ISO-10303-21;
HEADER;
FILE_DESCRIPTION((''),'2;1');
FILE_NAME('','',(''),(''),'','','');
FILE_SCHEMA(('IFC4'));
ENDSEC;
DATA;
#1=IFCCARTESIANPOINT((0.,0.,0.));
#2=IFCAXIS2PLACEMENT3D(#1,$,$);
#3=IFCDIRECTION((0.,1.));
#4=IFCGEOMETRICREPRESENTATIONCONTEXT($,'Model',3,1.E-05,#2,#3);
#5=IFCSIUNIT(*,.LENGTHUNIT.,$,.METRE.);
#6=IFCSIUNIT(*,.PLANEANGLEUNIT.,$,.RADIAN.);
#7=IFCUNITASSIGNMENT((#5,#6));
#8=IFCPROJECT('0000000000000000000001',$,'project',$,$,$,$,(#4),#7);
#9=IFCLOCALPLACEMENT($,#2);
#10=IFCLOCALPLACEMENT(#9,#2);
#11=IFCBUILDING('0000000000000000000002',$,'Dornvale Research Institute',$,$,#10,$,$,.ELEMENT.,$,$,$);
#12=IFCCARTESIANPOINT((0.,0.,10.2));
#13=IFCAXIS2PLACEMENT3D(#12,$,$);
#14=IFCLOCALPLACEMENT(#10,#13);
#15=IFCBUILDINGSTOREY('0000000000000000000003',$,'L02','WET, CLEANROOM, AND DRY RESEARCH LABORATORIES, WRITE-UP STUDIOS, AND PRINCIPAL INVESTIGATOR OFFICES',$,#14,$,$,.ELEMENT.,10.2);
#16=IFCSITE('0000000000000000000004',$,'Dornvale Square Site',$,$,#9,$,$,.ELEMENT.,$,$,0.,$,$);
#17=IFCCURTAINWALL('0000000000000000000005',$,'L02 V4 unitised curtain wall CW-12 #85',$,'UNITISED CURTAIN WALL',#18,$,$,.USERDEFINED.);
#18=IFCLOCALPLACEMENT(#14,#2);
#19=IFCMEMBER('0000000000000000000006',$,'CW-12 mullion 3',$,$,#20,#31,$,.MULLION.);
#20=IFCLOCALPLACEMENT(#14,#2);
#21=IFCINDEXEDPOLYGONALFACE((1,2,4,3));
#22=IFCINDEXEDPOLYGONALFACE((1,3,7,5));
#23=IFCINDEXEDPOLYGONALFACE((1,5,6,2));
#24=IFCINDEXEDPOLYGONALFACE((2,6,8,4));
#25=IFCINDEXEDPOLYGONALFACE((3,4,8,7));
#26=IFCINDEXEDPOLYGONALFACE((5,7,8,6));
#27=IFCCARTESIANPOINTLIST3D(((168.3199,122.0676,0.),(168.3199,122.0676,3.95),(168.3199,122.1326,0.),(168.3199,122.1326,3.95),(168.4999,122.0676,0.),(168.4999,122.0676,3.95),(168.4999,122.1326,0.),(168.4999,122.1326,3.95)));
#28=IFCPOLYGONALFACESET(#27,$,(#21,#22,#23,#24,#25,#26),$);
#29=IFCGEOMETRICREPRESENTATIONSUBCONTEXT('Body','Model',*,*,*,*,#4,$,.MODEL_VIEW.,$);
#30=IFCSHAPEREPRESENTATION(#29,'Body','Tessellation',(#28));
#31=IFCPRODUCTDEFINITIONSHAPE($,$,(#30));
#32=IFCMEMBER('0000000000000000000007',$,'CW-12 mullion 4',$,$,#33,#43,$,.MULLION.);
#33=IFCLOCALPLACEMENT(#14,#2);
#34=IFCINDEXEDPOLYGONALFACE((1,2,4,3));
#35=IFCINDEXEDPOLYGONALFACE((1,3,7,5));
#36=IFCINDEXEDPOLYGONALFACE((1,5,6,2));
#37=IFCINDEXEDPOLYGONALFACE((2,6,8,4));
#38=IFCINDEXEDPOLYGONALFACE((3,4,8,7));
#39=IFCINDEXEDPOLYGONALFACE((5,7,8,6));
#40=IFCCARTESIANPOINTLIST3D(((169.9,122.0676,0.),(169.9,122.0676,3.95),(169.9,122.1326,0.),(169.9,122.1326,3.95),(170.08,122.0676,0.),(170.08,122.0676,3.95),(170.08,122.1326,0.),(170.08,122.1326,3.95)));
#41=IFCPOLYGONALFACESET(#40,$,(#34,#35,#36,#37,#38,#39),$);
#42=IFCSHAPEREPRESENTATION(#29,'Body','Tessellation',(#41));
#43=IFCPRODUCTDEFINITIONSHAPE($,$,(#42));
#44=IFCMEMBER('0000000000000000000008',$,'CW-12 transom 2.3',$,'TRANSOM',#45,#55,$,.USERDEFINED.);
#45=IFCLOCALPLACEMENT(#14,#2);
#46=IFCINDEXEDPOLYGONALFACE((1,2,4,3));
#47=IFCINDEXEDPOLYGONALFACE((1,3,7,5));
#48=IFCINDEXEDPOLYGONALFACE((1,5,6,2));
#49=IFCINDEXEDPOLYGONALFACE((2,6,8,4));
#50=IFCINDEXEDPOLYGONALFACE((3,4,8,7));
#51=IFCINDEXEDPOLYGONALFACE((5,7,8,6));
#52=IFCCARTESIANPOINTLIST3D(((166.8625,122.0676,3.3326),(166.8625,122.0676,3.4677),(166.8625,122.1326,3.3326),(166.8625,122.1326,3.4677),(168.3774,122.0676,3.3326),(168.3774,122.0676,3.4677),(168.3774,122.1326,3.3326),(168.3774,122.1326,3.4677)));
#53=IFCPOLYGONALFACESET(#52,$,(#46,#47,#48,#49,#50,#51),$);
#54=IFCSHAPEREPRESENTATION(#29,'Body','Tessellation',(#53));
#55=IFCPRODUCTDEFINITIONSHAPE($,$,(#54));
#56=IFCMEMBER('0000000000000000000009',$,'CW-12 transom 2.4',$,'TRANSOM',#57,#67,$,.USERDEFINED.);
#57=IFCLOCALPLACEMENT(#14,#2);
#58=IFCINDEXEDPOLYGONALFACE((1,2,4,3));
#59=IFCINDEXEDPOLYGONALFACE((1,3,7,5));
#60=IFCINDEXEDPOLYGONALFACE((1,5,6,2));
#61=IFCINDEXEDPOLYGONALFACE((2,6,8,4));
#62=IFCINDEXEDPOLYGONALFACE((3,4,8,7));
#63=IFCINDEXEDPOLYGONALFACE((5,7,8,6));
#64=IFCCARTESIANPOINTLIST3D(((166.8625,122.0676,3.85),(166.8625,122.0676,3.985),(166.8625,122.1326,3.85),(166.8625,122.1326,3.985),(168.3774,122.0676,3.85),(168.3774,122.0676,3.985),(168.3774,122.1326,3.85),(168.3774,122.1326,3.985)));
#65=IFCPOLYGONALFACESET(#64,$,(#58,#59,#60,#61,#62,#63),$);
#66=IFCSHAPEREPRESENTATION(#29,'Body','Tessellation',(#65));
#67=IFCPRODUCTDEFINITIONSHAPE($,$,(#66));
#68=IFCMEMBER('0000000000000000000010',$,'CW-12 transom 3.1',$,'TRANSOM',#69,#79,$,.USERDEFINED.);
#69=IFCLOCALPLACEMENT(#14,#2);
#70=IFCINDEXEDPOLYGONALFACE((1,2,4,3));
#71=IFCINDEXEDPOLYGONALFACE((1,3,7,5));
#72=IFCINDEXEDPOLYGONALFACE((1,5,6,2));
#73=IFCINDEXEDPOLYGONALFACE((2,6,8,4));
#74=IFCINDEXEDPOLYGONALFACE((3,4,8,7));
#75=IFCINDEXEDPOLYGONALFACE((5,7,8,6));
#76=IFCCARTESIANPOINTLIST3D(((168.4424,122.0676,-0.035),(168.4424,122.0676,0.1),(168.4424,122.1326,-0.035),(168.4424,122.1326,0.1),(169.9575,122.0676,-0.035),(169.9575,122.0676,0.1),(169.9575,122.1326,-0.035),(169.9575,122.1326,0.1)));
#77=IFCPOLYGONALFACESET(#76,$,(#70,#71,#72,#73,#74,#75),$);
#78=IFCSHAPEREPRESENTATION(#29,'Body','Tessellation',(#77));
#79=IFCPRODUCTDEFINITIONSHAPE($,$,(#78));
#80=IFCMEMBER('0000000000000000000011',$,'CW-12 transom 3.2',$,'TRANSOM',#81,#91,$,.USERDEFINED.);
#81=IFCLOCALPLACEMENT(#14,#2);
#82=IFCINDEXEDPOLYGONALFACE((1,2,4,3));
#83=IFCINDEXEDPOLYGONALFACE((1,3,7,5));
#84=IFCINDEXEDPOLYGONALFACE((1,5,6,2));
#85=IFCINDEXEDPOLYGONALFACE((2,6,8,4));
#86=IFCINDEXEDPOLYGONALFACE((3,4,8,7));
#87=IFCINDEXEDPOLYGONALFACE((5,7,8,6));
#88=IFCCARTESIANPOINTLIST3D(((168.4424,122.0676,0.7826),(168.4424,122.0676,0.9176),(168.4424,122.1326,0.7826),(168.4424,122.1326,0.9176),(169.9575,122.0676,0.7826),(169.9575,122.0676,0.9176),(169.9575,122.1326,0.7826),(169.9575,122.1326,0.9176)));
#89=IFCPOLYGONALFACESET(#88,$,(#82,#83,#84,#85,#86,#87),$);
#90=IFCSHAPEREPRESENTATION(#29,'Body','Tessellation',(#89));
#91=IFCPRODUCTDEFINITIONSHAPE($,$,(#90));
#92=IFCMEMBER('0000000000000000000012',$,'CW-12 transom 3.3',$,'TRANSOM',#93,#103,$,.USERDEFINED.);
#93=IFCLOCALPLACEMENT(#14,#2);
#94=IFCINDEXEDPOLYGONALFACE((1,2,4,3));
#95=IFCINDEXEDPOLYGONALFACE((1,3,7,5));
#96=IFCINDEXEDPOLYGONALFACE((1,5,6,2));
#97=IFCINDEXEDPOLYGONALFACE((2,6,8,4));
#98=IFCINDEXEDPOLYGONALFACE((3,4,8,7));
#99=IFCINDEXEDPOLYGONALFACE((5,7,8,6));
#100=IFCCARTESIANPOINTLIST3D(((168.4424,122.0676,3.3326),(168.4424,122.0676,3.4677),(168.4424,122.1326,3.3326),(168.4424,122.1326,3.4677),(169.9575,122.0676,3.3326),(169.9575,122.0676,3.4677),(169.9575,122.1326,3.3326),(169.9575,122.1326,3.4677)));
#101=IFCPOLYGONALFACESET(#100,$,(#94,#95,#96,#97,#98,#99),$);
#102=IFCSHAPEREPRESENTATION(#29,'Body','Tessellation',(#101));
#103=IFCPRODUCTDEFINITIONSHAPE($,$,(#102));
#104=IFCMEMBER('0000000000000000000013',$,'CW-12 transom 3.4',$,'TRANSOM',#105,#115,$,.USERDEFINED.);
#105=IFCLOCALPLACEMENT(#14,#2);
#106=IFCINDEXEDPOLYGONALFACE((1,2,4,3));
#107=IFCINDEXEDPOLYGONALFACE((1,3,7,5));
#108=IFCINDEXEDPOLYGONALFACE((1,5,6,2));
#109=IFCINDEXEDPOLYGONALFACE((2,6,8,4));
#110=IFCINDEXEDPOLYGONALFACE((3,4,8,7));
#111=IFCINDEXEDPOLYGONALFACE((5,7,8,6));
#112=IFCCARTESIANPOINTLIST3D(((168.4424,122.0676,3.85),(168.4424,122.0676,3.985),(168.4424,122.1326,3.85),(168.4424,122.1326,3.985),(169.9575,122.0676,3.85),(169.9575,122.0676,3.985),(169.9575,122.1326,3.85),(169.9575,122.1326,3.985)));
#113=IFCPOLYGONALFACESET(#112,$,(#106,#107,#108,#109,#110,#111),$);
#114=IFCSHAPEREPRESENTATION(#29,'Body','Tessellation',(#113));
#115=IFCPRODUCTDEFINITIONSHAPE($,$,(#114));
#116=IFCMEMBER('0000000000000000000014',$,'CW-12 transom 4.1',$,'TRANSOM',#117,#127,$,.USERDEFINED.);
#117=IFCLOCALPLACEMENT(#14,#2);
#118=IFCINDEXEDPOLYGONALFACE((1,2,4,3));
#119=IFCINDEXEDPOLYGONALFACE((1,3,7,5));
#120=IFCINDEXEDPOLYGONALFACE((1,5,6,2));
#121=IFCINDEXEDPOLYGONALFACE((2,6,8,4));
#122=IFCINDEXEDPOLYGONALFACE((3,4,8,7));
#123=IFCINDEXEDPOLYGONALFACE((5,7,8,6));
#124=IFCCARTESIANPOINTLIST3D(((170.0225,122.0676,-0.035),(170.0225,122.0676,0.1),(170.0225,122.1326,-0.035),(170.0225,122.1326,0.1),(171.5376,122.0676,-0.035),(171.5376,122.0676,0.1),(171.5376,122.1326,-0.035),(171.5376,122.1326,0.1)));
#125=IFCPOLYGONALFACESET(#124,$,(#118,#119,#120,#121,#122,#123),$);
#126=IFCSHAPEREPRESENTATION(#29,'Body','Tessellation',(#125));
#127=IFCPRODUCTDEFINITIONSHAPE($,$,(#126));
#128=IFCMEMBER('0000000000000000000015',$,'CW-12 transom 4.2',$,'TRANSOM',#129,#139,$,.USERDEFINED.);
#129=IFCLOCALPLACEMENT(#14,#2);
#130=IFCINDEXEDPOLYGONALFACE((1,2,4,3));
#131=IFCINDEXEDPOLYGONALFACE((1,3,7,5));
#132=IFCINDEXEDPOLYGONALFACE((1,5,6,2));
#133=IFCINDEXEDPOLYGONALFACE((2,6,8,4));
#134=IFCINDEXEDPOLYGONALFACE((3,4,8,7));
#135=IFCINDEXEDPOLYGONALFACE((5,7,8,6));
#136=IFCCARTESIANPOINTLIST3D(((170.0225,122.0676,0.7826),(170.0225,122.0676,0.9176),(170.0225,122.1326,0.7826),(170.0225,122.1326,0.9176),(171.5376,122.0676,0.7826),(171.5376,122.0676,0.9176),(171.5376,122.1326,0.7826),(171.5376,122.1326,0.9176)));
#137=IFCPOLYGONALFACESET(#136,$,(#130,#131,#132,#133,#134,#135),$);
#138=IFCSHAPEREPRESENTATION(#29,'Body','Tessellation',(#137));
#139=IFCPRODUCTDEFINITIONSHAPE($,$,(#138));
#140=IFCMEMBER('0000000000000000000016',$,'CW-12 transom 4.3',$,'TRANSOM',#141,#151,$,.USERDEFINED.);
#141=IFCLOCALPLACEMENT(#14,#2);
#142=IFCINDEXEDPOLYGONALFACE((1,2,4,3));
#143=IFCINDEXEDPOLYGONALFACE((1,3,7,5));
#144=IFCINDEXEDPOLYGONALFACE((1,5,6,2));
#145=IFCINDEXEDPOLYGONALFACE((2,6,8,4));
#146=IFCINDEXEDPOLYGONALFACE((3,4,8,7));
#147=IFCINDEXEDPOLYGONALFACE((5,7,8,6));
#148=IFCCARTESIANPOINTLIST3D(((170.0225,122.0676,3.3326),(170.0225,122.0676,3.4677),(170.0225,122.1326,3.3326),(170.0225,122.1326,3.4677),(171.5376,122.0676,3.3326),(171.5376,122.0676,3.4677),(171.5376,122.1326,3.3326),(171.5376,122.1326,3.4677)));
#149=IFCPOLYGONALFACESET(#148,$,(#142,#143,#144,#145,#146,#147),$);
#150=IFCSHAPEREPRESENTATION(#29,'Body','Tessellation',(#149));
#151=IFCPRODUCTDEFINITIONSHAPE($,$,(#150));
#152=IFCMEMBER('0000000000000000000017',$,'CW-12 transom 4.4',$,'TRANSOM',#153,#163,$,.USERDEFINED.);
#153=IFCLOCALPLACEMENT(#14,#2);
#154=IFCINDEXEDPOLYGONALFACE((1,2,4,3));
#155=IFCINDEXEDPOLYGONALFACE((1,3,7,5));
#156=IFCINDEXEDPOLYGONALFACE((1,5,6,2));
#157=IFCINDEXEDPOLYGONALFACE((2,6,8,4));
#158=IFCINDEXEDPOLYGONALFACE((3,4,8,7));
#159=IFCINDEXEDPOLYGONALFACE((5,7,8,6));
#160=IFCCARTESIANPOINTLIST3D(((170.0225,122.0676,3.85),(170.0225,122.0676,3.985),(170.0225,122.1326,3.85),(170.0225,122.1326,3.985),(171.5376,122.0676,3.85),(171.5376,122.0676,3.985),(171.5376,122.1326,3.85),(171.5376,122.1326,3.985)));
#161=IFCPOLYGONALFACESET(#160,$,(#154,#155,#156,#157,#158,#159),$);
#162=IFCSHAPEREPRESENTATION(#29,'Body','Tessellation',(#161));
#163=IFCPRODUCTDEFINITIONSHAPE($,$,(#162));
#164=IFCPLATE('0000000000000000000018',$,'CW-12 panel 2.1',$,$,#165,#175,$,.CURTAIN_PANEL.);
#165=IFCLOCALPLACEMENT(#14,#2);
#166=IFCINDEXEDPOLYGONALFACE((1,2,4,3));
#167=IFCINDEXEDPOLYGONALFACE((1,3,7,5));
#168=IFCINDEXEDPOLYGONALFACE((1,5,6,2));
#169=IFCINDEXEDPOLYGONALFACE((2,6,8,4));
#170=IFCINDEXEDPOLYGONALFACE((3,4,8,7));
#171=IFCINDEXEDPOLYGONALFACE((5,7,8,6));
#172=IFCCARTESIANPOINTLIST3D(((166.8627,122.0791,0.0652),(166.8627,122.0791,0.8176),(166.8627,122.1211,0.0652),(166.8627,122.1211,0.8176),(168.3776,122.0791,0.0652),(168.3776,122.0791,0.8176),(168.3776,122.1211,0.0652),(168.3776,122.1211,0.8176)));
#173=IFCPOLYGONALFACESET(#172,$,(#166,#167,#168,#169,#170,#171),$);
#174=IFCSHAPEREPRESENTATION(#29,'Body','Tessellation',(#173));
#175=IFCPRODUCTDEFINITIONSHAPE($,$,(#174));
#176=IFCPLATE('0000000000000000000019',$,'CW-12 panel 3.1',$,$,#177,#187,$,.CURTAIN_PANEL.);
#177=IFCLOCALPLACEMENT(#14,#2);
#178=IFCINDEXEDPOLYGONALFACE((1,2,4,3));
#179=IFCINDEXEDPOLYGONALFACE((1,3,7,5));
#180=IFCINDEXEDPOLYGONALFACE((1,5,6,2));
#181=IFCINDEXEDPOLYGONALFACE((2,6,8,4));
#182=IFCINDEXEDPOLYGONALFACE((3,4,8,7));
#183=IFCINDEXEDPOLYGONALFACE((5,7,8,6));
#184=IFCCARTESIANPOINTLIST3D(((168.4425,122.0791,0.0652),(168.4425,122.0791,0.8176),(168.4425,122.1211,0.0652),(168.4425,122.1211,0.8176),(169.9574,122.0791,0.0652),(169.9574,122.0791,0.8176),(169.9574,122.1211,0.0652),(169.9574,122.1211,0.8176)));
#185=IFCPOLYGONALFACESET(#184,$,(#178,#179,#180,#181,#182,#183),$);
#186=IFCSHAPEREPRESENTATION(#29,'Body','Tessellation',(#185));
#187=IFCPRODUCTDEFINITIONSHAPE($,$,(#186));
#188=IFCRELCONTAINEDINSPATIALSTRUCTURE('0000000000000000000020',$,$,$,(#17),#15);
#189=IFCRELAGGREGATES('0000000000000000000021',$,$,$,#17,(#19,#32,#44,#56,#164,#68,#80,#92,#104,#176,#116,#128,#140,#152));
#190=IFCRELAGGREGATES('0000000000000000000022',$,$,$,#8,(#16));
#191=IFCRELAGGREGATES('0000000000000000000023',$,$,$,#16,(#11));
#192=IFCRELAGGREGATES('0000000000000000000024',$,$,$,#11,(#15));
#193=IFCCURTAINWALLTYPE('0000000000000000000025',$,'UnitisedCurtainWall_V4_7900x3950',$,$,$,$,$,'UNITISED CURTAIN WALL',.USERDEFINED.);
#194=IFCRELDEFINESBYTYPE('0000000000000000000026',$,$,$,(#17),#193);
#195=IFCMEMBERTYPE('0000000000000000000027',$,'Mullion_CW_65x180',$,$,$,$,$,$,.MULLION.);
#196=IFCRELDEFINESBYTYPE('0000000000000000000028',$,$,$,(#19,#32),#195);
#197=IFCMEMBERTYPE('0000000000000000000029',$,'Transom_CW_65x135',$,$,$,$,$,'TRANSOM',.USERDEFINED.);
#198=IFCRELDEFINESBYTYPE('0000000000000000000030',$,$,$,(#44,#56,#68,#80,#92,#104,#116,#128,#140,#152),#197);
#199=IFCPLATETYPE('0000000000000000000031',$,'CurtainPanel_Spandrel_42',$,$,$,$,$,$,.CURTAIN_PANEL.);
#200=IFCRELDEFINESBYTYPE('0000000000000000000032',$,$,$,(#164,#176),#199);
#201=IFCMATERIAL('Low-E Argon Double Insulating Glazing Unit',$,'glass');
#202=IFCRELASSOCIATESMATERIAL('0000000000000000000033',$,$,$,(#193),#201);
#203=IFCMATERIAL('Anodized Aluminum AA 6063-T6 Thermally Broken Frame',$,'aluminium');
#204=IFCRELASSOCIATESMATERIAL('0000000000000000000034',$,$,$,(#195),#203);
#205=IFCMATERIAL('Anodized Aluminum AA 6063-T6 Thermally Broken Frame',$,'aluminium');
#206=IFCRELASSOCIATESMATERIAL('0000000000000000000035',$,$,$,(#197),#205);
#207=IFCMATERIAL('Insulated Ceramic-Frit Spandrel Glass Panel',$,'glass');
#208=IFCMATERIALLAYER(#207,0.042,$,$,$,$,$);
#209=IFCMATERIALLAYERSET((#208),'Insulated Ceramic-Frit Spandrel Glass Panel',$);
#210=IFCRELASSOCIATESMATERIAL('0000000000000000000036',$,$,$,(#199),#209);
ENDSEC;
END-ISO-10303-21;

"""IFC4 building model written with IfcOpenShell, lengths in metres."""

from ifc_helpers import new_model, si_unit, direction, frame, origin, origin_2d, place, context, subcontext, project, spatial, rectangle, extrude, material, layer, layer_set, material_profile, profile_set, type_object, element, aggregate, save


model = new_model("IFC4")

# Units and contexts
model_context = context("Model", 3, precision=1e-05, world=origin(), true_north=direction((0.0, 1.0)))
body_context = subcontext(model_context, "Body", "Model", "MODEL_VIEW")
ifc_project = project(units=[si_unit("LENGTHUNIT", "METRE"), si_unit("PLANEANGLEUNIT", "RADIAN")], contexts=[model_context])

# Site, building, storey
site_placement = place(None, origin())
site = spatial("IfcSite", under=ifc_project, at=site_placement, Name="Dornvale Square Site", CompositionType="ELEMENT", RefElevation=0.0)
building_placement = place(site_placement, origin())
building = spatial("IfcBuilding", under=site, at=building_placement, Name="Dornvale Research Institute", CompositionType="ELEMENT")
storey_placement = place(building_placement, frame((0.0, 0.0, 10.2)))
storey = spatial("IfcBuildingStorey", under=building, at=storey_placement, Name="L02", Description="WET, CLEANROOM, AND DRY RESEARCH LABORATORIES, WRITE-UP STUDIOS, AND PRINCIPAL INVESTIGATOR OFFICES", CompositionType="ELEMENT", Elevation=10.2)

# Curtain wall, members, plates
ifc_material_1 = material(Name="Low-E Argon Double Insulating Glazing Unit", Category="glass")
curtain_wall_type = type_object("IfcCurtainWallType", Name="UnitisedCurtainWall_V4_7900x3950", ElementType="UNITISED CURTAIN WALL", PredefinedType="USERDEFINED", material=ifc_material_1)
curtain_wall_placement = place(storey_placement, origin())
curtain_wall = element("IfcCurtainWall", 1, at=curtain_wall_placement, inside=storey, type_object=curtain_wall_type, Name="L02 V4 unitised curtain wall CW-12 #85", ObjectType="UNITISED CURTAIN WALL", PredefinedType="USERDEFINED")
ifc_material_2 = material(Name="Anodized Aluminum AA 6063-T6 Thermally Broken Frame", Category="aluminium")
ifc_material_profile_1 = material_profile(ifc_material_2, rectangle(XDim=0.0649, YDim=0.1799, at=origin_2d()), Name="ALU MULLION 65x180")
ifc_profile_set_1 = profile_set([ifc_material_profile_1], Name="Anodized Aluminum AA 6063-T6 Thermally Broken Frame")
member_type_1 = type_object("IfcMemberType", Name="Mullion_CW_65x180", PredefinedType="MULLION", material=ifc_profile_set_1)
member_1_placement = place(storey_placement, frame((168.4099, 122.1001, 0.0), z_axis=(0.0, 0.0, 1.0), x_axis=(0.0, 1.0, 0.0)))
member_1 = element("IfcMember", 2, at=member_1_placement, type_object=member_type_1, Name="CW-12 mullion 3", PredefinedType="MULLION", context=body_context, shape_type="SweptSolid", body=[
    extrude(rectangle(XDim=0.0649, YDim=0.1799, at=origin_2d()), origin(), (0.0, 0.0, 1.0), 3.95),
])
member_2_placement = place(storey_placement, frame((169.99, 122.1001, 0.0), z_axis=(0.0, 0.0, 1.0), x_axis=(0.0, 1.0, 0.0)))
member_2 = element("IfcMember", 3, at=member_2_placement, type_object=member_type_1, Name="CW-12 mullion 4", PredefinedType="MULLION", context=body_context, shape_type="SweptSolid", body=[
    extrude(rectangle(XDim=0.0649, YDim=0.1799, at=origin_2d()), origin(), (0.0, 0.0, 1.0), 3.95),
])
ifc_material_3 = material(Name="Anodized Aluminum AA 6063-T6 Thermally Broken Frame", Category="aluminium")
ifc_material_profile_2 = material_profile(ifc_material_3, rectangle(XDim=0.0649, YDim=0.135, at=origin_2d()), Name="ALU TRANSOM 65x135")
ifc_profile_set_2 = profile_set([ifc_material_profile_2], Name="Anodized Aluminum AA 6063-T6 Thermally Broken Frame")
member_type_2 = type_object("IfcMemberType", Name="Transom_CW_65x135", ElementType="TRANSOM", PredefinedType="USERDEFINED", material=ifc_profile_set_2)
member_3_placement = place(storey_placement, frame((166.8625, 122.1001, 3.4001), z_axis=(1.0, 0.0, 0.0), x_axis=(0.0, 1.0, 0.0)))
member_3 = element("IfcMember", 4, at=member_3_placement, type_object=member_type_2, Name="CW-12 transom 2.3", ObjectType="TRANSOM", PredefinedType="USERDEFINED", context=body_context, shape_type="SweptSolid", body=[
    extrude(rectangle(XDim=0.0649, YDim=0.135, at=origin_2d()), origin(), (0.0, 0.0, 1.0), 1.5149),
])
member_4_placement = place(storey_placement, frame((166.8625, 122.1001, 3.9175), z_axis=(1.0, 0.0, 0.0), x_axis=(0.0, 1.0, 0.0)))
member_4 = element("IfcMember", 5, at=member_4_placement, type_object=member_type_2, Name="CW-12 transom 2.4", ObjectType="TRANSOM", PredefinedType="USERDEFINED", context=body_context, shape_type="SweptSolid", body=[
    extrude(rectangle(XDim=0.0649, YDim=0.135, at=origin_2d()), origin(), (0.0, 0.0, 1.0), 1.5149),
])
member_5_placement = place(storey_placement, frame((168.4424, 122.1001, 0.0325), z_axis=(1.0, 0.0, 0.0), x_axis=(0.0, 1.0, 0.0)))
member_5 = element("IfcMember", 6, at=member_5_placement, type_object=member_type_2, Name="CW-12 transom 3.1", ObjectType="TRANSOM", PredefinedType="USERDEFINED", context=body_context, shape_type="SweptSolid", body=[
    extrude(rectangle(XDim=0.0649, YDim=0.135, at=origin_2d()), origin(), (0.0, 0.0, 1.0), 1.5151),
])
member_6_placement = place(storey_placement, frame((168.4424, 122.1001, 0.8501), z_axis=(1.0, 0.0, 0.0), x_axis=(0.0, 1.0, 0.0)))
member_6 = element("IfcMember", 7, at=member_6_placement, type_object=member_type_2, Name="CW-12 transom 3.2", ObjectType="TRANSOM", PredefinedType="USERDEFINED", context=body_context, shape_type="SweptSolid", body=[
    extrude(rectangle(XDim=0.0649, YDim=0.135, at=origin_2d()), origin(), (0.0, 0.0, 1.0), 1.5151),
])
member_7_placement = place(storey_placement, frame((168.4424, 122.1001, 3.4001), z_axis=(1.0, 0.0, 0.0), x_axis=(0.0, 1.0, 0.0)))
member_7 = element("IfcMember", 8, at=member_7_placement, type_object=member_type_2, Name="CW-12 transom 3.3", ObjectType="TRANSOM", PredefinedType="USERDEFINED", context=body_context, shape_type="SweptSolid", body=[
    extrude(rectangle(XDim=0.0649, YDim=0.135, at=origin_2d()), origin(), (0.0, 0.0, 1.0), 1.5151),
])
member_8_placement = place(storey_placement, frame((168.4424, 122.1001, 3.9175), z_axis=(1.0, 0.0, 0.0), x_axis=(0.0, 1.0, 0.0)))
member_8 = element("IfcMember", 9, at=member_8_placement, type_object=member_type_2, Name="CW-12 transom 3.4", ObjectType="TRANSOM", PredefinedType="USERDEFINED", context=body_context, shape_type="SweptSolid", body=[
    extrude(rectangle(XDim=0.0649, YDim=0.135, at=origin_2d()), origin(), (0.0, 0.0, 1.0), 1.5151),
])
member_9_placement = place(storey_placement, frame((170.0225, 122.1001, 0.0325), z_axis=(1.0, 0.0, 0.0), x_axis=(0.0, 1.0, 0.0)))
member_9 = element("IfcMember", 10, at=member_9_placement, type_object=member_type_2, Name="CW-12 transom 4.1", ObjectType="TRANSOM", PredefinedType="USERDEFINED", context=body_context, shape_type="SweptSolid", body=[
    extrude(rectangle(XDim=0.0649, YDim=0.135, at=origin_2d()), origin(), (0.0, 0.0, 1.0), 1.5151),
])
member_10_placement = place(storey_placement, frame((170.0225, 122.1001, 0.8501), z_axis=(1.0, 0.0, 0.0), x_axis=(0.0, 1.0, 0.0)))
member_10 = element("IfcMember", 11, at=member_10_placement, type_object=member_type_2, Name="CW-12 transom 4.2", ObjectType="TRANSOM", PredefinedType="USERDEFINED", context=body_context, shape_type="SweptSolid", body=[
    extrude(rectangle(XDim=0.0649, YDim=0.135, at=origin_2d()), origin(), (0.0, 0.0, 1.0), 1.5151),
])
member_11_placement = place(storey_placement, frame((170.0225, 122.1001, 3.4001), z_axis=(1.0, 0.0, 0.0), x_axis=(0.0, 1.0, 0.0)))
member_11 = element("IfcMember", 12, at=member_11_placement, type_object=member_type_2, Name="CW-12 transom 4.3", ObjectType="TRANSOM", PredefinedType="USERDEFINED", context=body_context, shape_type="SweptSolid", body=[
    extrude(rectangle(XDim=0.0649, YDim=0.135, at=origin_2d()), origin(), (0.0, 0.0, 1.0), 1.5151),
])
member_12_placement = place(storey_placement, frame((170.0225, 122.1001, 3.9175), z_axis=(1.0, 0.0, 0.0), x_axis=(0.0, 1.0, 0.0)))
member_12 = element("IfcMember", 13, at=member_12_placement, type_object=member_type_2, Name="CW-12 transom 4.4", ObjectType="TRANSOM", PredefinedType="USERDEFINED", context=body_context, shape_type="SweptSolid", body=[
    extrude(rectangle(XDim=0.0649, YDim=0.135, at=origin_2d()), origin(), (0.0, 0.0, 1.0), 1.5151),
])
ifc_material_4 = material(Name="Insulated Ceramic-Frit Spandrel Glass Panel", Category="glass")
ifc_layer_1 = layer(ifc_material_4, 0.042)
ifc_layer_set_1 = layer_set([ifc_layer_1], Name="Insulated Ceramic-Frit Spandrel Glass Panel")
plate_type_1 = type_object("IfcPlateType", Name="CurtainPanel_Spandrel_42", PredefinedType="CURTAIN_PANEL", material=ifc_layer_set_1)
plate_1_placement = place(storey_placement, frame((167.6201, 122.1001, 0.0652), z_axis=(0.0, 0.0, 1.0), x_axis=(1.0, 0.0, 0.0)))
plate_1 = element("IfcPlate", 14, at=plate_1_placement, type_object=plate_type_1, Name="CW-12 panel 2.1", PredefinedType="CURTAIN_PANEL", context=body_context, shape_type="SweptSolid", body=[
    extrude(rectangle(XDim=1.5149, YDim=0.042, at=origin_2d()), origin(), (0.0, 0.0, 1.0), 0.7524),
])
plate_2_placement = place(storey_placement, frame((169.2, 122.1001, 0.0652), z_axis=(0.0, 0.0, 1.0), x_axis=(1.0, 0.0, 0.0)))
plate_2 = element("IfcPlate", 15, at=plate_2_placement, type_object=plate_type_1, Name="CW-12 panel 3.1", PredefinedType="CURTAIN_PANEL", context=body_context, shape_type="SweptSolid", body=[
    extrude(rectangle(XDim=1.5149, YDim=0.042, at=origin_2d()), origin(), (0.0, 0.0, 1.0), 0.7524),
])
aggregate(curtain_wall, [member_1, member_2, member_3, member_4, plate_1, member_5, member_6, member_7, member_8, plate_2, member_9, member_10, member_11, member_12])

save(model, "model.ifc")
